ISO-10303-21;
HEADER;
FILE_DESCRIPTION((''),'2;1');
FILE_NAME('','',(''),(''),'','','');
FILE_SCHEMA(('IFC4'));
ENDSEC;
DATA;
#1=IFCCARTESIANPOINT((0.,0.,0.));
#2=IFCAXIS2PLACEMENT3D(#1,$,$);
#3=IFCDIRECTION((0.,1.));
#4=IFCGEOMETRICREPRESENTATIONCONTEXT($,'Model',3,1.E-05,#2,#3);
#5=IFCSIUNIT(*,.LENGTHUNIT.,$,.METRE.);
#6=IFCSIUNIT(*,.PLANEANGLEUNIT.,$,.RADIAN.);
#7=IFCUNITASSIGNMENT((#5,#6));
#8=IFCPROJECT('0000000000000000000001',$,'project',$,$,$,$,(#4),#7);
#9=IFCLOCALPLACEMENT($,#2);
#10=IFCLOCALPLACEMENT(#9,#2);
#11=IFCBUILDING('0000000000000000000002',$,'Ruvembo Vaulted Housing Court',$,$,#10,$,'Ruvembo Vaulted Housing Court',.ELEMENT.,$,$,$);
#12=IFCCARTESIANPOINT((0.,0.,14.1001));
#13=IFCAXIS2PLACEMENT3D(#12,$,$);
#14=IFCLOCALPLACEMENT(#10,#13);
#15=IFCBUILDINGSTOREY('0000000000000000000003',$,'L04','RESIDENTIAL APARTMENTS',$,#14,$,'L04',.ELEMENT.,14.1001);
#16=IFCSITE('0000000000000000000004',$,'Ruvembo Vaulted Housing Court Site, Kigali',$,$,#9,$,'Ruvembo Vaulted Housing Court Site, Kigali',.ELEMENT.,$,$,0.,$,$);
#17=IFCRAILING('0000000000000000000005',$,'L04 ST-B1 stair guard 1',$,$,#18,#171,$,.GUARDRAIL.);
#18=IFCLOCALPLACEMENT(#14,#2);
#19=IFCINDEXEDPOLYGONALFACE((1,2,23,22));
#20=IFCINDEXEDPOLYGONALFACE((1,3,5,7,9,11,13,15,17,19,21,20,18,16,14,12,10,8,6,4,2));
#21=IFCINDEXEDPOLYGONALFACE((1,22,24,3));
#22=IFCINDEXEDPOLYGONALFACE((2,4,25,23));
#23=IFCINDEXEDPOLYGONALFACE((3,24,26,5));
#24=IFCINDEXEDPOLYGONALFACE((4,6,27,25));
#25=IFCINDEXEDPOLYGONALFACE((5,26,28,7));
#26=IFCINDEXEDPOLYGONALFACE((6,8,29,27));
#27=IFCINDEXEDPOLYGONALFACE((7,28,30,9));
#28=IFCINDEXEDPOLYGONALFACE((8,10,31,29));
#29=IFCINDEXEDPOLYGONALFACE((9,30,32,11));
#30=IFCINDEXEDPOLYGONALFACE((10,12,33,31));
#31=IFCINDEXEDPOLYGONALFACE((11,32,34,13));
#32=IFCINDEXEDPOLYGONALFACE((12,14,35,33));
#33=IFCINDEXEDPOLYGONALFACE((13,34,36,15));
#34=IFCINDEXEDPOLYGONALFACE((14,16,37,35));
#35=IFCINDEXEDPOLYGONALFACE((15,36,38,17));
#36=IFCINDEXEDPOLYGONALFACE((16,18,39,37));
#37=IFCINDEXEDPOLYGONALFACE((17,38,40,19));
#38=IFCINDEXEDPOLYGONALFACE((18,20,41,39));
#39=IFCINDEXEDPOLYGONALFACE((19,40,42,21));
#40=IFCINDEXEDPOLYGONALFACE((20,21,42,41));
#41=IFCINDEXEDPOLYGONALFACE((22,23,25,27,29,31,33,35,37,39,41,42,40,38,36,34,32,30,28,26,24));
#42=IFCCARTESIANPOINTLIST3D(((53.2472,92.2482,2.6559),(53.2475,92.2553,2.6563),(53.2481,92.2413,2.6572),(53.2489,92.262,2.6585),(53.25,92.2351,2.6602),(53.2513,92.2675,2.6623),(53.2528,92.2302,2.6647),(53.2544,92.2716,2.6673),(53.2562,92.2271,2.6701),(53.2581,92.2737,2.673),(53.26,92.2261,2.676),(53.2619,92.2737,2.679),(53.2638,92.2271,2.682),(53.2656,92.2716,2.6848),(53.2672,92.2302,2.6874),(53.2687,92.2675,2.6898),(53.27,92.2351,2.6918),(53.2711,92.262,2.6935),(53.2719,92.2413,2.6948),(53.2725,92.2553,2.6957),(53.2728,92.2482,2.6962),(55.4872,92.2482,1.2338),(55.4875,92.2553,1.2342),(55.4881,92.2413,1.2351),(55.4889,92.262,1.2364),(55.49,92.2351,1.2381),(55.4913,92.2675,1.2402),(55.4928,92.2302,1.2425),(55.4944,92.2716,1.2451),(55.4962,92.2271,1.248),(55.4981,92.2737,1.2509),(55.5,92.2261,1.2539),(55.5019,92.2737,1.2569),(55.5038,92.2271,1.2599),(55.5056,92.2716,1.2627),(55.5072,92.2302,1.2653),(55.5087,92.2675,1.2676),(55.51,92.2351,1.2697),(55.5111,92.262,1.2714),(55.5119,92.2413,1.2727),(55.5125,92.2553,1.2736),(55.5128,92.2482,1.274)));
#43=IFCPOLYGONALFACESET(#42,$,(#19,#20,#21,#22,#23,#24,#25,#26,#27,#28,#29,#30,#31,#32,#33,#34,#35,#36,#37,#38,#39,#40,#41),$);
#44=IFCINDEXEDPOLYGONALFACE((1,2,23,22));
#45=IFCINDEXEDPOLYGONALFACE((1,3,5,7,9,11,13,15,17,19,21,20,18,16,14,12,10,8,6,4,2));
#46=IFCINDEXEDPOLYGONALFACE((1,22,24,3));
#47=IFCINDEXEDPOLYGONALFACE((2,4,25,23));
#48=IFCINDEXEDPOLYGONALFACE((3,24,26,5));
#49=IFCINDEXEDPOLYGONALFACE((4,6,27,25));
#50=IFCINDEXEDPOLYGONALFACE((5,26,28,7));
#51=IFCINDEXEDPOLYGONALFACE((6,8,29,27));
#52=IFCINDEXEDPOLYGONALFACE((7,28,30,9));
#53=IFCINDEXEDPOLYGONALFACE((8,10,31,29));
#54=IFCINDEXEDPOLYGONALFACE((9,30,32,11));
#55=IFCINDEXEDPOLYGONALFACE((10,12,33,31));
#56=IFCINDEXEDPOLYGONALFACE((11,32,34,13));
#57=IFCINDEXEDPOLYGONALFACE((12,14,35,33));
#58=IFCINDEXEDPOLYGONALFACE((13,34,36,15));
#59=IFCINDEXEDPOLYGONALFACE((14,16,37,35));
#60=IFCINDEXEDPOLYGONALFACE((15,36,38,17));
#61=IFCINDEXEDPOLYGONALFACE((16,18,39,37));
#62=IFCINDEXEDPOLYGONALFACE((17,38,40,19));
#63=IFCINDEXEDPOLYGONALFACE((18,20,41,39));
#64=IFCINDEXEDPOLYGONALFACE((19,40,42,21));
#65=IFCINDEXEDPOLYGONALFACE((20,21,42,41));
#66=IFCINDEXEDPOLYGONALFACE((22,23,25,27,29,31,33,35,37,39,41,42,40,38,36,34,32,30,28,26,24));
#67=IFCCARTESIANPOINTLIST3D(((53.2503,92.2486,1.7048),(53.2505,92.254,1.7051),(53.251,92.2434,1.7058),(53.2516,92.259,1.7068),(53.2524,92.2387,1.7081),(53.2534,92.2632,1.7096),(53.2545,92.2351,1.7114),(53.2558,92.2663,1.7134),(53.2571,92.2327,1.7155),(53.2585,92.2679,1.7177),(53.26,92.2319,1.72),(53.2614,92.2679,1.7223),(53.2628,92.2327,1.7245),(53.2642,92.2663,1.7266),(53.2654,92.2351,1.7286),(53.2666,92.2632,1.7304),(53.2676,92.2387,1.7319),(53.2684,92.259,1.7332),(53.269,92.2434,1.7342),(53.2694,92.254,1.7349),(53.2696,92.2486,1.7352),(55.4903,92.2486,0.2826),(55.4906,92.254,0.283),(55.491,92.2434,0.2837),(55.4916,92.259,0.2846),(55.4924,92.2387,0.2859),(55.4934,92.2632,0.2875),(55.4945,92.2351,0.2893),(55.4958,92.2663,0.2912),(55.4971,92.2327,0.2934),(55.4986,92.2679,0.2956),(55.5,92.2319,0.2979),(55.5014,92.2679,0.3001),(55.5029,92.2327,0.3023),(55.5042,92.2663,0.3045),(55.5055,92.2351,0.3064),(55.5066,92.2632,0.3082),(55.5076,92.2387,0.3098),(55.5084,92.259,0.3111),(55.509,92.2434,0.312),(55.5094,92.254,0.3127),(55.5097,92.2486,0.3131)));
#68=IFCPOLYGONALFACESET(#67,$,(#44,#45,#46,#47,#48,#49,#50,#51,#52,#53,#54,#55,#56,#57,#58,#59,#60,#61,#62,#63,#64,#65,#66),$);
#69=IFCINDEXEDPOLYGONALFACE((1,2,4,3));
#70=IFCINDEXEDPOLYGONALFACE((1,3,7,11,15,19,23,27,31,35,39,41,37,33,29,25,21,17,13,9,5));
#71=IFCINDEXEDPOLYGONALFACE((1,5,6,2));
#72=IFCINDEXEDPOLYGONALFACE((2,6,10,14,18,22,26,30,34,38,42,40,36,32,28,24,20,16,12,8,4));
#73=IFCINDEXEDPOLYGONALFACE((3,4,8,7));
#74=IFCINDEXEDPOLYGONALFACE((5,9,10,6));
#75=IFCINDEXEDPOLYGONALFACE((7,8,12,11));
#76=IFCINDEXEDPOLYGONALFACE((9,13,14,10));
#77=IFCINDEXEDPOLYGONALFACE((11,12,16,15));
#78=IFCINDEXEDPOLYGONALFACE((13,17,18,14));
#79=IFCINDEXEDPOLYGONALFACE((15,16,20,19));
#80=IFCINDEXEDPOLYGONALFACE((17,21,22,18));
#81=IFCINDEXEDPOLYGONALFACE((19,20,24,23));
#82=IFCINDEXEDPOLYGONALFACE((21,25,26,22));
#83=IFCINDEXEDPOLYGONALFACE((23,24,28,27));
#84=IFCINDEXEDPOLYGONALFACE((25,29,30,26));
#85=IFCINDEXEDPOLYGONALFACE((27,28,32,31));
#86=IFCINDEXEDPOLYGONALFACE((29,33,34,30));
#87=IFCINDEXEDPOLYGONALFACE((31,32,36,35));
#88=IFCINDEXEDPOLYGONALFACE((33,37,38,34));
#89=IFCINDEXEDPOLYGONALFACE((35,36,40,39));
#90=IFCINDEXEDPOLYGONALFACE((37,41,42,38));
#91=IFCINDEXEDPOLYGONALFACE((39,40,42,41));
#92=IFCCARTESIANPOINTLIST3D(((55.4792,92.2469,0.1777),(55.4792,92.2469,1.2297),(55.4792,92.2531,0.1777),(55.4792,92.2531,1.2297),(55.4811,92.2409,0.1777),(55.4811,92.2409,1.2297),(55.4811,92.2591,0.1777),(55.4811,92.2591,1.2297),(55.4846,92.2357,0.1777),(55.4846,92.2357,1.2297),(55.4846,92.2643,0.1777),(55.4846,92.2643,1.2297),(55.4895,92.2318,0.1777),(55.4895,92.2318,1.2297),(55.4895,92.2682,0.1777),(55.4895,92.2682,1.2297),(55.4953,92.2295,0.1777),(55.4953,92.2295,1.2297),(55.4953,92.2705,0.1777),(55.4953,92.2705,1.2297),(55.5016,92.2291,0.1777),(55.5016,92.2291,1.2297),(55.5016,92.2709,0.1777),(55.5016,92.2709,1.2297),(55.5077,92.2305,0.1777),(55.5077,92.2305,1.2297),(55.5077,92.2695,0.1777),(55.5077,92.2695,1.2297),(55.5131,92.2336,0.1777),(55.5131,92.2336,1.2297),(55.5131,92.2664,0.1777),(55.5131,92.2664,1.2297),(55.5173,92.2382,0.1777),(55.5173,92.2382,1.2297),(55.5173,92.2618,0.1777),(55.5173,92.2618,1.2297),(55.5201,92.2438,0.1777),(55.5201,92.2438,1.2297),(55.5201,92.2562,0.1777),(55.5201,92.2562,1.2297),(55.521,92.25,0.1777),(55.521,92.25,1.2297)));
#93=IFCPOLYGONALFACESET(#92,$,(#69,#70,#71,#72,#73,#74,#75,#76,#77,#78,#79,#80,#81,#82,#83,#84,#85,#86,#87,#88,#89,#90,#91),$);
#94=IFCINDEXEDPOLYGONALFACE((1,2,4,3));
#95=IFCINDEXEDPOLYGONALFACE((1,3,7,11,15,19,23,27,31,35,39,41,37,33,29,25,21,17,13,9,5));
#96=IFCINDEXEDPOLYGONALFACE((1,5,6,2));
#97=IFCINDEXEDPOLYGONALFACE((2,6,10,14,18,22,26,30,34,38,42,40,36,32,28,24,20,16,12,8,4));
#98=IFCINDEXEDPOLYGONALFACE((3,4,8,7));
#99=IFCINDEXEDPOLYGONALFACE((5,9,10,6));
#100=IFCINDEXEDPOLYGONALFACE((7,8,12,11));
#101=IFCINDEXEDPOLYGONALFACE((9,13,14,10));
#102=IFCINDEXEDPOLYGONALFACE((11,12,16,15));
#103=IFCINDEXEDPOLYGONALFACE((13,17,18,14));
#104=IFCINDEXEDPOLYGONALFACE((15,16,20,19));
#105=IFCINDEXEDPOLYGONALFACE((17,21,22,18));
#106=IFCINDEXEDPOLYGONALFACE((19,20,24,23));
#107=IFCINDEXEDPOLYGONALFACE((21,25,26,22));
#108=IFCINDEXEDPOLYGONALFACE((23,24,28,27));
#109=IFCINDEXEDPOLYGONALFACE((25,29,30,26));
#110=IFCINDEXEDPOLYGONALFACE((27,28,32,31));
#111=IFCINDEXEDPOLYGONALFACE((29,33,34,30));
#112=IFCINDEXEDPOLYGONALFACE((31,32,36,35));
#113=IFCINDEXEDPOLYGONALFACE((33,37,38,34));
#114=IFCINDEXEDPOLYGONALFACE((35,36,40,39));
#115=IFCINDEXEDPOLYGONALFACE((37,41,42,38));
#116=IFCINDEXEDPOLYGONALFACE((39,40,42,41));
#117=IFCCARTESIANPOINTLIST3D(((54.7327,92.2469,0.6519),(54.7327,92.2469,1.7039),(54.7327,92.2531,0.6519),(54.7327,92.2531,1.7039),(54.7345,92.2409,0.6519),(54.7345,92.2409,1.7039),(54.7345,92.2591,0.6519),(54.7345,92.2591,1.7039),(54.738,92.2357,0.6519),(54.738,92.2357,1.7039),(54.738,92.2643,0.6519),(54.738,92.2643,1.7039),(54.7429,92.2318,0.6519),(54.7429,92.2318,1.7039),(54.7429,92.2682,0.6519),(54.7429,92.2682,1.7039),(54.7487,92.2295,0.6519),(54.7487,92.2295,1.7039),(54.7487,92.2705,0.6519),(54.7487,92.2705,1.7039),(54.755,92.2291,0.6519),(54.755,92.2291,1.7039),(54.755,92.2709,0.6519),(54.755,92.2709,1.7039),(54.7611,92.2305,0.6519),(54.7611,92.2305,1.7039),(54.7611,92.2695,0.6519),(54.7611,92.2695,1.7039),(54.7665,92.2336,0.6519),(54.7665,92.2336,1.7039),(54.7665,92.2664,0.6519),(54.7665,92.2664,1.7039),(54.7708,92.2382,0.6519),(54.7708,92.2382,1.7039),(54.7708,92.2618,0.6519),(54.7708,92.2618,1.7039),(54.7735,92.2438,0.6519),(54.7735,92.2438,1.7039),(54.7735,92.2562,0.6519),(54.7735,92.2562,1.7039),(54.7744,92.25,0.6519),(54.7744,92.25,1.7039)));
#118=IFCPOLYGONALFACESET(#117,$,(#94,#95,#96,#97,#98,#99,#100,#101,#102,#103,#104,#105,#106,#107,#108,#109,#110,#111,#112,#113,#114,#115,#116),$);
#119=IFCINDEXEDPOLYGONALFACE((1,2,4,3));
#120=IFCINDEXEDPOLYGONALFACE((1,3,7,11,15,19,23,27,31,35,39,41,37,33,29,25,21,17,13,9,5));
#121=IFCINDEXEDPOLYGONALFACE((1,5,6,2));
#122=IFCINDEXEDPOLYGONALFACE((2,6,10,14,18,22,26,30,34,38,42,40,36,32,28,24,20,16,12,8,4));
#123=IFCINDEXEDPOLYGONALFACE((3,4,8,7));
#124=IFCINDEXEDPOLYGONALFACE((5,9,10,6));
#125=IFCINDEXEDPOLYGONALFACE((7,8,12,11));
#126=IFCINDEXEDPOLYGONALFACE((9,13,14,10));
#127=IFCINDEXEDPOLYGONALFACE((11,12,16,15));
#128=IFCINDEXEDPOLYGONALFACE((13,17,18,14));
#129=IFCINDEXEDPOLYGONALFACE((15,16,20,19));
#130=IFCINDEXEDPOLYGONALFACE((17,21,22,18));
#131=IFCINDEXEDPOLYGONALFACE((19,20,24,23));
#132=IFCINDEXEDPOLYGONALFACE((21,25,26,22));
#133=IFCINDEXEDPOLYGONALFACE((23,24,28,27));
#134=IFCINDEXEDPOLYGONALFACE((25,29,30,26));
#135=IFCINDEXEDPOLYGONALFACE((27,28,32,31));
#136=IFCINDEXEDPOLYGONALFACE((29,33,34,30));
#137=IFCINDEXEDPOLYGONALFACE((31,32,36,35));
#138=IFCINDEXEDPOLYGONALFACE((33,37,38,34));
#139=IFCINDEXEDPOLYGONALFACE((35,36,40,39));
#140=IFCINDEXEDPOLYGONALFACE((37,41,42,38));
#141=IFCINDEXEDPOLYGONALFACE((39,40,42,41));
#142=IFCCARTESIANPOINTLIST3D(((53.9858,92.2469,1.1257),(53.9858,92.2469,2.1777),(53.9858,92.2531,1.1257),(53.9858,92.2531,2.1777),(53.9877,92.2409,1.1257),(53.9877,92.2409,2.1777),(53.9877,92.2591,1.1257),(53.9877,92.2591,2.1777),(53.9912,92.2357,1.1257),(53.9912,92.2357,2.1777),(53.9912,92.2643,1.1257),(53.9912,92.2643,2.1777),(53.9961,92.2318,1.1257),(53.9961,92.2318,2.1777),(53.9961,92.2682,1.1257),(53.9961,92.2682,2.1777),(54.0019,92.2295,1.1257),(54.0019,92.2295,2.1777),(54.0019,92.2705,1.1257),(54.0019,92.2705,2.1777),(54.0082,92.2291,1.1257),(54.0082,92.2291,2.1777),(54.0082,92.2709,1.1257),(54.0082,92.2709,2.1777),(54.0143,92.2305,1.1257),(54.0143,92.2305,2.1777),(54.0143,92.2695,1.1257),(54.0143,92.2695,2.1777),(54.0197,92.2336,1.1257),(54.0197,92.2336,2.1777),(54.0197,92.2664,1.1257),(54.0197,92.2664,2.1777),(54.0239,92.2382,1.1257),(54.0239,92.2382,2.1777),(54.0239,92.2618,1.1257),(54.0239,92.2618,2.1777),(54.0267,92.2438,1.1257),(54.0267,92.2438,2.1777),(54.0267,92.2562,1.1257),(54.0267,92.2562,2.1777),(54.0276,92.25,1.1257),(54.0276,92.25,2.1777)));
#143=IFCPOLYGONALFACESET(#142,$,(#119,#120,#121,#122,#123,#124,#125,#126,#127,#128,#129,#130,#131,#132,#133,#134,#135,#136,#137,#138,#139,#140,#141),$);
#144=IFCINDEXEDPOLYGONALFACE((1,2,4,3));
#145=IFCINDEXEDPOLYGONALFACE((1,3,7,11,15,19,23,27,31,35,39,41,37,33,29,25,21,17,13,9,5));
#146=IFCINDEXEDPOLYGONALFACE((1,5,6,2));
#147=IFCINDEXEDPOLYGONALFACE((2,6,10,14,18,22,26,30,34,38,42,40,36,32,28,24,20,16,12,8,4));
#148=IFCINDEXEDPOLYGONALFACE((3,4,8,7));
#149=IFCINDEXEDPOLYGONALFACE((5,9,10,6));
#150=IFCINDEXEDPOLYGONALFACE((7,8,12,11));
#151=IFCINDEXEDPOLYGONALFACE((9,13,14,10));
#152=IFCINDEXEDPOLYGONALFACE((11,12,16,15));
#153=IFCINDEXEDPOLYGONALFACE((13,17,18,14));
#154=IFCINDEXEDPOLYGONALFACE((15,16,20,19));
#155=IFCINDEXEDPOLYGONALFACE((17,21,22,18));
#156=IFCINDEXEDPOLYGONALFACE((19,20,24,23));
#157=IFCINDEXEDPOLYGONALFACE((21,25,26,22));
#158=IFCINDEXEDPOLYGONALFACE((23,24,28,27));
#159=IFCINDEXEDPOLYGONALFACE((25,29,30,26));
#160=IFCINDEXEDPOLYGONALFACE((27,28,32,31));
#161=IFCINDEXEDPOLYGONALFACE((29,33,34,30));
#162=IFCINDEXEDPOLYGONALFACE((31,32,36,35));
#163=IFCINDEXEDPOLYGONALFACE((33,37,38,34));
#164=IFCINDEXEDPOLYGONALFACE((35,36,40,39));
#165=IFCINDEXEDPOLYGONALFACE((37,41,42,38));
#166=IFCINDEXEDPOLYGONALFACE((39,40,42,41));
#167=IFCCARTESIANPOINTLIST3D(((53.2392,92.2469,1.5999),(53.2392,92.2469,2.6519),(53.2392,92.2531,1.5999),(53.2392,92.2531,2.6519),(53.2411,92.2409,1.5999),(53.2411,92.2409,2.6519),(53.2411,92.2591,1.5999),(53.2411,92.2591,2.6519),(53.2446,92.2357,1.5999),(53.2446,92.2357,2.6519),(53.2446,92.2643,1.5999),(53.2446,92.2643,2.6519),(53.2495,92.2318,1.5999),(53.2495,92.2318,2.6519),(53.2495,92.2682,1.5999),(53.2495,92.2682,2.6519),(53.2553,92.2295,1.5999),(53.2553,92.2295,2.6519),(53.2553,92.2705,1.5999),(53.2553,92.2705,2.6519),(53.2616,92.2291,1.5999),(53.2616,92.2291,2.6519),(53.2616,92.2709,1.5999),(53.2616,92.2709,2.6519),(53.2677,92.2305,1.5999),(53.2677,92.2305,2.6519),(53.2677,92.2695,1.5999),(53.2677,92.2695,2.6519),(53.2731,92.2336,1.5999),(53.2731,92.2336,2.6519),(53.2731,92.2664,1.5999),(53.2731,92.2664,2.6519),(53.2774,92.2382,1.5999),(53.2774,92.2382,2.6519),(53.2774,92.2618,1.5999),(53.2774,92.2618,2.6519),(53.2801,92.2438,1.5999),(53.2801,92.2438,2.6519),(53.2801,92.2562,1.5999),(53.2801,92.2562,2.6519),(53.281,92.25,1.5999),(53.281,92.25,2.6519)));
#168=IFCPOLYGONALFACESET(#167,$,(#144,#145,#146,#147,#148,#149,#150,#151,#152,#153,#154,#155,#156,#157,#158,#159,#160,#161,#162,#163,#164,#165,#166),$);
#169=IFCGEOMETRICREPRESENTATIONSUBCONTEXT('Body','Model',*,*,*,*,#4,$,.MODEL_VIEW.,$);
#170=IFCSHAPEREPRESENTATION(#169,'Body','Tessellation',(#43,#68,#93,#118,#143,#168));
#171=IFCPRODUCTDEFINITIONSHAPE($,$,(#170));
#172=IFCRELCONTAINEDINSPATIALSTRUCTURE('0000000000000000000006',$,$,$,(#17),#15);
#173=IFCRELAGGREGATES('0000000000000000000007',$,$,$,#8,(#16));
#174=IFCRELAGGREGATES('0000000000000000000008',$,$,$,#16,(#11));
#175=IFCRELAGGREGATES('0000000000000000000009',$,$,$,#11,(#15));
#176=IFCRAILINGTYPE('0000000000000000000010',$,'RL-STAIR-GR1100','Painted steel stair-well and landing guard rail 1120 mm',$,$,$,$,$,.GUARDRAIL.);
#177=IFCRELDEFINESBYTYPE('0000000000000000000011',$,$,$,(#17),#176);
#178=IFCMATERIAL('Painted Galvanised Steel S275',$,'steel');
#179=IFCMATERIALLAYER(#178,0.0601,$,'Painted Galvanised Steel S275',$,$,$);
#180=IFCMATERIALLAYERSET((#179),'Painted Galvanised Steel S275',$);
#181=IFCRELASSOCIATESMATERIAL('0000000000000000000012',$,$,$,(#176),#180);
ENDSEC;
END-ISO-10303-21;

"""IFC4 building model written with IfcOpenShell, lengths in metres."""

from ifc_helpers import new_model, si_unit, direction, frame, origin, origin_2d, place, context, subcontext, project, spatial, circle, extrude, material, layer, layer_set, type_object, element, save


model = new_model("IFC4")

# Units and contexts
model_context = context("Model", 3, precision=1e-05, world=origin(), true_north=direction((0.0, 1.0)))
body_context = subcontext(model_context, "Body", "Model", "MODEL_VIEW")
ifc_project = project(units=[si_unit("LENGTHUNIT", "METRE"), si_unit("PLANEANGLEUNIT", "RADIAN")], contexts=[model_context])

# Site, building, storey
site_placement = place(None, origin())
site = spatial("IfcSite", under=ifc_project, at=site_placement, Name="Ruvembo Vaulted Housing Court Site, Kigali", LongName="Ruvembo Vaulted Housing Court Site, Kigali", CompositionType="ELEMENT", RefElevation=0.0)
building_placement = place(site_placement, origin())
building = spatial("IfcBuilding", under=site, at=building_placement, Name="Ruvembo Vaulted Housing Court", LongName="Ruvembo Vaulted Housing Court", CompositionType="ELEMENT")
storey_placement = place(building_placement, frame((0.0, 0.0, 14.1001)))
storey = spatial("IfcBuildingStorey", under=building, at=storey_placement, Name="L04", Description="RESIDENTIAL APARTMENTS", LongName="L04", CompositionType="ELEMENT", Elevation=14.1001)

# Railing
ifc_material_1 = material(Name="Painted Galvanised Steel S275", Category="steel")
ifc_layer_1 = layer(ifc_material_1, 0.0601, Name="Painted Galvanised Steel S275")
ifc_layer_set_1 = layer_set([ifc_layer_1], Name="Painted Galvanised Steel S275")
railing_type_1 = type_object("IfcRailingType", Name="RL-STAIR-GR1100", Description="Painted steel stair-well and landing guard rail 1120 mm", PredefinedType="GUARDRAIL", material=ifc_layer_set_1)
railing_1_placement = place(storey_placement, frame((55.5, 92.25, 0.1777)))
element("IfcRailing", 1, at=railing_1_placement, inside=storey, type_object=railing_type_1, Name="L04 ST-B1 stair guard 1", PredefinedType="GUARDRAIL", context=body_context, shape_type="SweptSolid", body=[
    extrude(circle(Radius=0.0239, at=origin_2d()), frame((0.0, 0.0, 1.0762), z_axis=(-0.844229, 0.0, 0.535982), x_axis=(0.0, -1.0, 0.0)), (0.0, 0.0, 1.0), 2.6533),
    extrude(circle(Radius=0.0181, at=origin_2d()), frame((0.0, 0.0, 0.1201), z_axis=(-0.844229, 0.0, 0.535982), x_axis=(0.0, -1.0, 0.0)), (0.0, 0.0, 1.0), 2.6533),
    extrude(circle(Radius=0.021, at=origin_2d()), origin(), (0.0, 0.0, 1.0), 1.052),
    extrude(circle(Radius=0.021, at=origin_2d()), frame((-0.7466, 0.0, 0.4741)), (0.0, 0.0, 1.0), 1.052),
    extrude(circle(Radius=0.021, at=origin_2d()), frame((-1.4934, 0.0, 0.948)), (0.0, 0.0, 1.0), 1.052),
    extrude(circle(Radius=0.021, at=origin_2d()), frame((-2.24, 0.0, 1.4221)), (0.0, 0.0, 1.0), 1.052),
])

save(model, "model.ifc")
